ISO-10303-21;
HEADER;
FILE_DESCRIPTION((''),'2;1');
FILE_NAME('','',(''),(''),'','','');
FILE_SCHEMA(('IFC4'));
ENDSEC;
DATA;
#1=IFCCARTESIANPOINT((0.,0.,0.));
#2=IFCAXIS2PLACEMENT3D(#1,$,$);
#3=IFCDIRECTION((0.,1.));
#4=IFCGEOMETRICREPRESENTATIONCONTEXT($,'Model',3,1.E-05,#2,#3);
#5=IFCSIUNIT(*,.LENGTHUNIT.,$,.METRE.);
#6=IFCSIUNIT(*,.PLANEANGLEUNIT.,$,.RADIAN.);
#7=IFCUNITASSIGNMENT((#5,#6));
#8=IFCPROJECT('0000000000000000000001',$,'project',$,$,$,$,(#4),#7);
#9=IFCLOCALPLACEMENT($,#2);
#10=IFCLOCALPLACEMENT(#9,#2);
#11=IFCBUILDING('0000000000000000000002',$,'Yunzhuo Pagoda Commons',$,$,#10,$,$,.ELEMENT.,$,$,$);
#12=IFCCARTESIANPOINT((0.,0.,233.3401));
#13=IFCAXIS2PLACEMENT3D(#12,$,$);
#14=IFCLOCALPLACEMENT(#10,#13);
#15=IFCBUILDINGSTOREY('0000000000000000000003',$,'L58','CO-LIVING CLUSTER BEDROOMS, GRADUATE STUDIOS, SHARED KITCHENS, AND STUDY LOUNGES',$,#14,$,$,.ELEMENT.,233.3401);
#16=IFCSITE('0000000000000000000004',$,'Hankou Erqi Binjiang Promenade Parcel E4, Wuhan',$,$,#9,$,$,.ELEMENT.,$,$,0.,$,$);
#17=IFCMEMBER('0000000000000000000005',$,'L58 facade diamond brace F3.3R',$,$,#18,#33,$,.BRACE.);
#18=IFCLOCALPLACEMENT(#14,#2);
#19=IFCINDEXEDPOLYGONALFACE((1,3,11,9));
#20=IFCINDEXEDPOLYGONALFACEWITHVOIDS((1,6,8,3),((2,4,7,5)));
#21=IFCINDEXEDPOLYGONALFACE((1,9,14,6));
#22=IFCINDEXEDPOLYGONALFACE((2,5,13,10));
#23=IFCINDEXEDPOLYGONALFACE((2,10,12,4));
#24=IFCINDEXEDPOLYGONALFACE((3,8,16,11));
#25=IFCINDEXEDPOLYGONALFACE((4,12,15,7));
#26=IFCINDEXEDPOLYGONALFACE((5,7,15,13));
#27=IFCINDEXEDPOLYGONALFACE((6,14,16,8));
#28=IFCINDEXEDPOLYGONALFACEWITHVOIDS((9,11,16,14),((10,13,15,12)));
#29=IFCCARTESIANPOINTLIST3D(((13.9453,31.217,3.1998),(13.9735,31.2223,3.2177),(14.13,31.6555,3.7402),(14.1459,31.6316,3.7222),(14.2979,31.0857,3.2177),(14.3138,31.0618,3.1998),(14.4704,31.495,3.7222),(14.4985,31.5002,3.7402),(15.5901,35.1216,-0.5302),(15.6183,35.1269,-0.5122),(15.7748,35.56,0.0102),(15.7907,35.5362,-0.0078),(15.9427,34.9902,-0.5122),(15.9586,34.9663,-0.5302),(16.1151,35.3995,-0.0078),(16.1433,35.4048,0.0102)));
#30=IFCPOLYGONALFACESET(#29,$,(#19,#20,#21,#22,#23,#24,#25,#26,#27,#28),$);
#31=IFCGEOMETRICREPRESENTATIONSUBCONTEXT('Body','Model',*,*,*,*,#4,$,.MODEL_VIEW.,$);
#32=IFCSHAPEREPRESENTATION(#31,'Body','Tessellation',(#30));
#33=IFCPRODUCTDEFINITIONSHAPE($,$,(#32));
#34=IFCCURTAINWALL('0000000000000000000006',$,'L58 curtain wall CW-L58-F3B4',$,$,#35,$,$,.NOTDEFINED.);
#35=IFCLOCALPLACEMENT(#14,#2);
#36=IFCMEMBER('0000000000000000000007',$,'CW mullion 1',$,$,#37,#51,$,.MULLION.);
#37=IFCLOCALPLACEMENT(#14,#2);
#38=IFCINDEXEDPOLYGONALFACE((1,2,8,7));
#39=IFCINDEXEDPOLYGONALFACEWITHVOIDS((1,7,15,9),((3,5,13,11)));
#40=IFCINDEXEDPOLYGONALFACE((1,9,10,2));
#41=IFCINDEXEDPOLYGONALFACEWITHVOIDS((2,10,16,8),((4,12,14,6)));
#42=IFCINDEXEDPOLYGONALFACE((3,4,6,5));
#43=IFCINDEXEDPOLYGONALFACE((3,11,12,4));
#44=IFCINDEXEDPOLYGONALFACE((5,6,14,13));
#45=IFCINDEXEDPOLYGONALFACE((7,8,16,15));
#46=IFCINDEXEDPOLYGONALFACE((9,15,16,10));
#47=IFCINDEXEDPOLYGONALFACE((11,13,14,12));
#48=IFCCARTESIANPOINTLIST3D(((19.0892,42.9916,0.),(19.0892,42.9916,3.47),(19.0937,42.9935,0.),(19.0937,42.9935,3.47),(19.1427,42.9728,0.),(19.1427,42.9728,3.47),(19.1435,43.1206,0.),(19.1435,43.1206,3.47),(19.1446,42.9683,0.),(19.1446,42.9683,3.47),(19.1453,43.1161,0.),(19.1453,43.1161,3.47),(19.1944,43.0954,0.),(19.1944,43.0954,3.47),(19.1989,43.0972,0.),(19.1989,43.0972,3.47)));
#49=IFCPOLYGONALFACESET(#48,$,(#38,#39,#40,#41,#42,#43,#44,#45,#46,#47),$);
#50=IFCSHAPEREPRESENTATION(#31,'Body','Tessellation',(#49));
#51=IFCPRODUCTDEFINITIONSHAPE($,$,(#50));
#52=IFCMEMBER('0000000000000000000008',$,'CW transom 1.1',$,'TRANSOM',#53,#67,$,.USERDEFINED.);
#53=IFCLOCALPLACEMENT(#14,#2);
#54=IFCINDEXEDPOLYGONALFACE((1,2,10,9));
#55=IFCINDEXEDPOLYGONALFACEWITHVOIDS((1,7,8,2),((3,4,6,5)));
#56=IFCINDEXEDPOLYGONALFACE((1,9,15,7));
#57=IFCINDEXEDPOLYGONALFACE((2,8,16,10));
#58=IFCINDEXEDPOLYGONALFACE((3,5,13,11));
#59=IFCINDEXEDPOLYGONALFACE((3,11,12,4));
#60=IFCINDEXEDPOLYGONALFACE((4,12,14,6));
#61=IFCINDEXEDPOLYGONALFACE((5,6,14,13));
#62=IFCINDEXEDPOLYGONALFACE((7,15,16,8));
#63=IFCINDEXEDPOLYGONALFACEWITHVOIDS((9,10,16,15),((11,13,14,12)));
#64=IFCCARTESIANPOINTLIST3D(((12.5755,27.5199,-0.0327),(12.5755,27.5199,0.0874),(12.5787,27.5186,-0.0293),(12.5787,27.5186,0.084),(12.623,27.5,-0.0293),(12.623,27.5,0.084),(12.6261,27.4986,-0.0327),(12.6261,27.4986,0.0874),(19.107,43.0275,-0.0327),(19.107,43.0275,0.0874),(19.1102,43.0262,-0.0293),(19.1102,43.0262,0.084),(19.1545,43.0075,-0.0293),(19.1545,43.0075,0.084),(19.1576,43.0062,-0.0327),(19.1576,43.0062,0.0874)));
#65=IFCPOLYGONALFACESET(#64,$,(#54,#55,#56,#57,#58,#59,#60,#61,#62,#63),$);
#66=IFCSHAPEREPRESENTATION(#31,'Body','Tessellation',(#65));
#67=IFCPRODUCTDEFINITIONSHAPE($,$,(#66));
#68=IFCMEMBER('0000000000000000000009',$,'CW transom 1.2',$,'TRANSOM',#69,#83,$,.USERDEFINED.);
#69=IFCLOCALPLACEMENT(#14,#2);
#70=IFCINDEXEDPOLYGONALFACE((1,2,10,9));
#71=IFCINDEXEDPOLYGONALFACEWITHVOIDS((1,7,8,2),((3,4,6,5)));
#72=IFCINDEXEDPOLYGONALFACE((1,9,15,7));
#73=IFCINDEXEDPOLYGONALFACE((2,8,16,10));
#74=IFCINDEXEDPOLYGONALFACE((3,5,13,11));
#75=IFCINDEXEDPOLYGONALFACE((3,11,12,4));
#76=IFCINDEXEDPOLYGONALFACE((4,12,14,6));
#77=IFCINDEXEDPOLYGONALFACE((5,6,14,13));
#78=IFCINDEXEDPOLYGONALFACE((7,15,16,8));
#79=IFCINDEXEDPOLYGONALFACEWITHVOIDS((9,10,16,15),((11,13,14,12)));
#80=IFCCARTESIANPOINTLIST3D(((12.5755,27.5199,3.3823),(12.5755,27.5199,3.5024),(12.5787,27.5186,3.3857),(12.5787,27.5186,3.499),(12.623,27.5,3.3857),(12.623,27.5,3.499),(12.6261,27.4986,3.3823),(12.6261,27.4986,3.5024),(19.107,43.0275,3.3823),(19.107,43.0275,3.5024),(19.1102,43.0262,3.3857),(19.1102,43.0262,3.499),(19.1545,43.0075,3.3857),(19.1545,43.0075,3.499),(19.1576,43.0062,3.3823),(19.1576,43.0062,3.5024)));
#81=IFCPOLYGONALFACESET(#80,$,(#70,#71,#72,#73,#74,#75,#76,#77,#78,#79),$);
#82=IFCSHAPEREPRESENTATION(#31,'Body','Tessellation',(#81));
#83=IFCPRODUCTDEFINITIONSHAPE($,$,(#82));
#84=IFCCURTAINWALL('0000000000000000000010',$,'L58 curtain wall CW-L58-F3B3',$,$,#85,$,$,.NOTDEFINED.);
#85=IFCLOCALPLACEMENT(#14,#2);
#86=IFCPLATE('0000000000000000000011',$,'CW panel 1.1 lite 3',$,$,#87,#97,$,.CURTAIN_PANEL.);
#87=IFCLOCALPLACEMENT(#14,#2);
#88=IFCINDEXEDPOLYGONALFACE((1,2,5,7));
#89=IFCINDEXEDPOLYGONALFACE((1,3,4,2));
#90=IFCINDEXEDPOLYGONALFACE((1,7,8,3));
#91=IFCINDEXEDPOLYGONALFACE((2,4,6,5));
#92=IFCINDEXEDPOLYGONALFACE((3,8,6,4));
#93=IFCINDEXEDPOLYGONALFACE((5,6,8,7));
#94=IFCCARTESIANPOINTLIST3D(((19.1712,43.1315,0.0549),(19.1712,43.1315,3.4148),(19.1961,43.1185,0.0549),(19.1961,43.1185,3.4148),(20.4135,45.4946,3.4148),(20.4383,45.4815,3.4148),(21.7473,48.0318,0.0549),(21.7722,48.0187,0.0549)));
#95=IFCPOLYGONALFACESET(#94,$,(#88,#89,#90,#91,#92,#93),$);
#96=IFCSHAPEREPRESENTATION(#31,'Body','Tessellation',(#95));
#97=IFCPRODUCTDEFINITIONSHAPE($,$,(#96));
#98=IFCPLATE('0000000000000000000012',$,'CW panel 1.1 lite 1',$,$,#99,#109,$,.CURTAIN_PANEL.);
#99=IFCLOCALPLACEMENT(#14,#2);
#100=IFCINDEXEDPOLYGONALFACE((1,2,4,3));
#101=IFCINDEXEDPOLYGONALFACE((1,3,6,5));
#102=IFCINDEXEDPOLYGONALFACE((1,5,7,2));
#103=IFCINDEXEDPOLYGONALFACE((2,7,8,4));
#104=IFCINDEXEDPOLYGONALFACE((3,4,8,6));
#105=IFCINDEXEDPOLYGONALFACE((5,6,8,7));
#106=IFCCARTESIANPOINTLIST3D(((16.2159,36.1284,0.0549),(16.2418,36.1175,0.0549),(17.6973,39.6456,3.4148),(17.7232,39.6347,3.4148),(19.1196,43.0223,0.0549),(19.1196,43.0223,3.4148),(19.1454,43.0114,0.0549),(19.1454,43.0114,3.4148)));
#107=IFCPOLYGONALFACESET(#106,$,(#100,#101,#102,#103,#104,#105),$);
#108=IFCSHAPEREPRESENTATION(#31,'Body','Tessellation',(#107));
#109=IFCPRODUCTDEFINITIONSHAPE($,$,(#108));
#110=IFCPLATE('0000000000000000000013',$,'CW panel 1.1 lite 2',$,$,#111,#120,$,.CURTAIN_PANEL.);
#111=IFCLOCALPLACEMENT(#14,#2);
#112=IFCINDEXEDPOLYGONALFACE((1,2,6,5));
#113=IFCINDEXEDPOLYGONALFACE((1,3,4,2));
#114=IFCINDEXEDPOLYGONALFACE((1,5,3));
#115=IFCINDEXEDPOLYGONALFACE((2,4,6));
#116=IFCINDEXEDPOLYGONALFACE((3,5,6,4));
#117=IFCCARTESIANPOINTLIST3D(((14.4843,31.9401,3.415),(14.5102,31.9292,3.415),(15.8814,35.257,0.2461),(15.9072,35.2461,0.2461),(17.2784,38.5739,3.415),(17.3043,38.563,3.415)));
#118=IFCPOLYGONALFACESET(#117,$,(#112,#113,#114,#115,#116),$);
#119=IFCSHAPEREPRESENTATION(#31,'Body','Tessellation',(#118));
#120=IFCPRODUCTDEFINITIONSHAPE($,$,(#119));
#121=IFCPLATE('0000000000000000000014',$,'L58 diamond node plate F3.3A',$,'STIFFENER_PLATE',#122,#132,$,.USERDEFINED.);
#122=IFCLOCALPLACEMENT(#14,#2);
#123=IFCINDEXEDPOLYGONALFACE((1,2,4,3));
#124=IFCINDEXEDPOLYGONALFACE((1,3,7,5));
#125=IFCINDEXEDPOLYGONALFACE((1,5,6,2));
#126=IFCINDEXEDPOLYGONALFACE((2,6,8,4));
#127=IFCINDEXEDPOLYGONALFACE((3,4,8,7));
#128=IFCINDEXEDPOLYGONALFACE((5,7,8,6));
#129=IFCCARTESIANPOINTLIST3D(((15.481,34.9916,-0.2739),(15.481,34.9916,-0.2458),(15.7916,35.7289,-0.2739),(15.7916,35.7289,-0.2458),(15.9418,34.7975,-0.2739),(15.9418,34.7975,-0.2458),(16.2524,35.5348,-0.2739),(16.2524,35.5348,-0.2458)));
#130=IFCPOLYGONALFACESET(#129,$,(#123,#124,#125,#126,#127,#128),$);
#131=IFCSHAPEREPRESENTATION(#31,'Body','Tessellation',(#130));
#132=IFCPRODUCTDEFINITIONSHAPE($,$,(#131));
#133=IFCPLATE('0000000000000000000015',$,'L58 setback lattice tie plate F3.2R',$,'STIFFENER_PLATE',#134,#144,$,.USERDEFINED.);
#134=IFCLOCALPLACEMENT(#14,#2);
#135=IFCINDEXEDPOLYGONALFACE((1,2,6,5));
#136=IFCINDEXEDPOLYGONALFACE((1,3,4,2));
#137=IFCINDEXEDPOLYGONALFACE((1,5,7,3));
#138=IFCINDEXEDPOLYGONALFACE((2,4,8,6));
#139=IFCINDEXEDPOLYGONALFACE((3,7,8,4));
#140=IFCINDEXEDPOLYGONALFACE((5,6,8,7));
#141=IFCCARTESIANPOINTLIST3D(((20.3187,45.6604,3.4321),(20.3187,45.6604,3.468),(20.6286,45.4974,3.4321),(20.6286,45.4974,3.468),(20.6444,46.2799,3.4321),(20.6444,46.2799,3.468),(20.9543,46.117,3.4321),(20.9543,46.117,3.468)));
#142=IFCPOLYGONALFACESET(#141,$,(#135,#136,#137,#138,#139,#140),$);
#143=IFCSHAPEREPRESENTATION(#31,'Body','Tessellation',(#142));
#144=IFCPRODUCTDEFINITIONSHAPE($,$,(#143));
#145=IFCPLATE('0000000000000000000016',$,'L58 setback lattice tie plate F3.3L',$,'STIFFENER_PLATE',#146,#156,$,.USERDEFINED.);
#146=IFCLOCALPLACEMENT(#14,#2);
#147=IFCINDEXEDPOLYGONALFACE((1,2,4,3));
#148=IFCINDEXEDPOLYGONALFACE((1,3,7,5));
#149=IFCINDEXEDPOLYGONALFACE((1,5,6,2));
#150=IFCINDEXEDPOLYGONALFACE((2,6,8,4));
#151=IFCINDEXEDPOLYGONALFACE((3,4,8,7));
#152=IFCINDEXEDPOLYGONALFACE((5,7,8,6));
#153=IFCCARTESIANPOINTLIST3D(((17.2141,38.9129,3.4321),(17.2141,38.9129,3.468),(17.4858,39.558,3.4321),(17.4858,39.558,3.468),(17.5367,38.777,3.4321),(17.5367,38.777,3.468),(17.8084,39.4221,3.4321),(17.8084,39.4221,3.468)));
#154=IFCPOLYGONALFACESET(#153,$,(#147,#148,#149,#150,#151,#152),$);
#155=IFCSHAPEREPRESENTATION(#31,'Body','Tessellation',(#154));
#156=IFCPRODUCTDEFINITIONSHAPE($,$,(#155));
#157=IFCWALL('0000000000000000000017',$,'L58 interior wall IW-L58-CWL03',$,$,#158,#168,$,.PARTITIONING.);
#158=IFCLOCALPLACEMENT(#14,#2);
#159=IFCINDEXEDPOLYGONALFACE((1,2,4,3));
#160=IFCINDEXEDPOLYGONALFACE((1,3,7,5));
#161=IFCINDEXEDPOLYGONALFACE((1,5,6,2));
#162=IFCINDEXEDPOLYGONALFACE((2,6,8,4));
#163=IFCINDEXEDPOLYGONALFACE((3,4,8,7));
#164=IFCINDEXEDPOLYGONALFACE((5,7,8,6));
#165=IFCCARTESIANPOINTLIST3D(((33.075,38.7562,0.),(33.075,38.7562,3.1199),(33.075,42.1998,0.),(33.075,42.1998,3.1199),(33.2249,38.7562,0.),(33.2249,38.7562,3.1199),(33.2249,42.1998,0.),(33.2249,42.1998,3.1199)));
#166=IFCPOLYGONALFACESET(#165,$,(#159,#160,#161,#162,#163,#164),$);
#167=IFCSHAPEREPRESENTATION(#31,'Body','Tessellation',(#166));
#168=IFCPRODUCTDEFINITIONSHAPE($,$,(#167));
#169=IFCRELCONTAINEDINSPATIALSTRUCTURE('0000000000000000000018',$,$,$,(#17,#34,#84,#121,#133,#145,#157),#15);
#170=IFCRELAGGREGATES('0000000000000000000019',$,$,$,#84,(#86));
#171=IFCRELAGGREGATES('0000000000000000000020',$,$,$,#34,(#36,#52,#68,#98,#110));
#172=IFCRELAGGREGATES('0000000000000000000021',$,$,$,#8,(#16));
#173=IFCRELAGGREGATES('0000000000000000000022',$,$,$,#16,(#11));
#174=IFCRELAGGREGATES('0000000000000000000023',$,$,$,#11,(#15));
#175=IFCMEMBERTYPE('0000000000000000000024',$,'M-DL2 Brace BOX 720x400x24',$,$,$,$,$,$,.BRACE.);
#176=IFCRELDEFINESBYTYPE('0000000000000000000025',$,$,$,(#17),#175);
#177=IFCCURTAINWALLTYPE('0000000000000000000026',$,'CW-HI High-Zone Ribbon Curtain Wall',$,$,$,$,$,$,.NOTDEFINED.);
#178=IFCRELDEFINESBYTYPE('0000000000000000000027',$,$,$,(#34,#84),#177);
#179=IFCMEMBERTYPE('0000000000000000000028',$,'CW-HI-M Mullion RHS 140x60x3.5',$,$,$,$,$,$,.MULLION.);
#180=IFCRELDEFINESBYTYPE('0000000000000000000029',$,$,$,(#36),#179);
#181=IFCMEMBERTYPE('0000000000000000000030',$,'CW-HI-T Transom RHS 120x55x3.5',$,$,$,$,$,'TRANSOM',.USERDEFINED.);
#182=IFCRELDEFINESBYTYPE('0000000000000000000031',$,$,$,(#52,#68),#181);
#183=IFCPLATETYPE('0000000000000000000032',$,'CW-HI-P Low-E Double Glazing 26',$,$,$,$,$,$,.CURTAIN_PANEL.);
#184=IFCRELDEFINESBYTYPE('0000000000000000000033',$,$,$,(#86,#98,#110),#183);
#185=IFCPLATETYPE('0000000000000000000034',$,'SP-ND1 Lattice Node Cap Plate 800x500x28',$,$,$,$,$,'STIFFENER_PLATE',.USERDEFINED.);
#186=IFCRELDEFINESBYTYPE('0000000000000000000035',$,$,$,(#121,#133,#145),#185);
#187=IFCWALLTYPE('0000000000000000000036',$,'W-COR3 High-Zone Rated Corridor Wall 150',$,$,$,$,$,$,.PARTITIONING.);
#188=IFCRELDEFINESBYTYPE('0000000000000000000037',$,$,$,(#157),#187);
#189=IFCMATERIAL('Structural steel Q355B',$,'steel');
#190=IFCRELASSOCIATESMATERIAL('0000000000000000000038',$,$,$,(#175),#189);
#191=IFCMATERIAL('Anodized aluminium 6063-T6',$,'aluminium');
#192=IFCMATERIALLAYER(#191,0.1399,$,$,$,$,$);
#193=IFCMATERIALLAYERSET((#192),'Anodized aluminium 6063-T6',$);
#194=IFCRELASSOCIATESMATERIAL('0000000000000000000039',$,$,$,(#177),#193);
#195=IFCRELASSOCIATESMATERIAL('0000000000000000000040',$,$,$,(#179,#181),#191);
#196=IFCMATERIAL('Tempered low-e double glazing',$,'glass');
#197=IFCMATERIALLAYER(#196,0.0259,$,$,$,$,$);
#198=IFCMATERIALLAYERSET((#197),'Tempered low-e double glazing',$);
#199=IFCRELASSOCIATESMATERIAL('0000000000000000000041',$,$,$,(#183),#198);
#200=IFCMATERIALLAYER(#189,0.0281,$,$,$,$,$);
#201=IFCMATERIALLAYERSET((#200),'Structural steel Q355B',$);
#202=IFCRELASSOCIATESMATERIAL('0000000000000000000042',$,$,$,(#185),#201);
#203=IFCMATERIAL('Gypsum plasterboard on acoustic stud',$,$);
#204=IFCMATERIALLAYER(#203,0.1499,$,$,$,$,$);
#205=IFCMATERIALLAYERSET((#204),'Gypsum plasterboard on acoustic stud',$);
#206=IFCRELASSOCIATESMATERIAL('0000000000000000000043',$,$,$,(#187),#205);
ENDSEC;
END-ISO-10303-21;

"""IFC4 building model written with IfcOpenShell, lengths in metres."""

from ifc_helpers import new_model, si_unit, direction, frame, frame_2d, origin, origin_2d, place, context, subcontext, project, spatial, polyline, rectangle, hollow_rectangle, outline, extrude, source, transform, mapped, material, layer, layer_set, material_profile, profile_set, type_object, element, aggregate, save


model = new_model("IFC4")

# Units and contexts
model_context = context("Model", 3, precision=1e-05, world=origin(), true_north=direction((0.0, 1.0)))
body_context = subcontext(model_context, "Body", "Model", "MODEL_VIEW")
ifc_project = project(units=[si_unit("LENGTHUNIT", "METRE"), si_unit("PLANEANGLEUNIT", "RADIAN")], contexts=[model_context])

# Site, building, storey
site_placement = place(None, origin())
site = spatial("IfcSite", under=ifc_project, at=site_placement, Name="Hankou Erqi Binjiang Promenade Parcel E4, Wuhan", CompositionType="ELEMENT", RefElevation=0.0)
building_placement = place(site_placement, origin())
building = spatial("IfcBuilding", under=site, at=building_placement, Name="Yunzhuo Pagoda Commons", CompositionType="ELEMENT")
storey_placement = place(building_placement, frame((0.0, 0.0, 233.3401)))
storey = spatial("IfcBuildingStorey", under=building, at=storey_placement, Name="L58", Description="CO-LIVING CLUSTER BEDROOMS, GRADUATE STUDIOS, SHARED KITCHENS, AND STUDY LOUNGES", CompositionType="ELEMENT", Elevation=233.3401)

# Shared definitions
ifc_material_1 = material(Name="Structural steel Q355B", Category="steel")

# Member
ifc_material_profile_1 = material_profile(ifc_material_1, hollow_rectangle(XDim=0.3999, YDim=0.72, WallThickness=0.0239, at=origin_2d()), Name="Structural steel Q355B")
ifc_profile_set_1 = profile_set([ifc_material_profile_1], Name="Structural steel Q355B")
member_type_1 = type_object("IfcMemberType", Name="M-DL2 Brace BOX 720x400x24", PredefinedType="BRACE", material=ifc_profile_set_1)
shared_shape_1 = source(origin(), body_context, "Body", "SweptSolid", [
    extrude(hollow_rectangle(XDim=0.3999, YDim=0.72, WallThickness=0.0239, at=origin_2d()), origin(), (0.0, 0.0, 1.0), 5.6448),
])
for number, where, z_axis, x_axis, name in (
    (1, (15.8667, 35.2632, -0.26), (-0.29138, -0.691709, 0.660785), (0.921571, -0.388209, 0.0), "L58 facade diamond brace F3.3R"),
):
    element("IfcMember", number, at=place(storey_placement, frame(where, z_axis=z_axis, x_axis=x_axis)), inside=storey, type_object=member_type_1, Name=name, PredefinedType="BRACE", context=body_context, shape_type="MappedRepresentation", body=[
        mapped(shared_shape_1, transform((0.0, 0.0, 0.0), scale=1.0)),
    ])

# Curtain wall, members
ifc_material_2 = material(Name="Anodized aluminium 6063-T6", Category="aluminium")
ifc_layer_1 = layer(ifc_material_2, 0.1399)
ifc_layer_set_1 = layer_set([ifc_layer_1], Name="Anodized aluminium 6063-T6")
curtain_wall_type = type_object("IfcCurtainWallType", Name="CW-HI High-Zone Ribbon Curtain Wall", PredefinedType="NOTDEFINED", material=ifc_layer_set_1)
curtain_wall_1_placement = place(storey_placement, origin())
curtain_wall_1 = element("IfcCurtainWall", 2, at=curtain_wall_1_placement, inside=storey, type_object=curtain_wall_type, Name="L58 curtain wall CW-L58-F3B4", PredefinedType="NOTDEFINED")
ifc_material_profile_2 = material_profile(ifc_material_2, hollow_rectangle(XDim=0.0601, YDim=0.1399, WallThickness=0.0034, at=origin_2d()), Name="Anodized aluminium 6063-T6")
ifc_profile_set_2 = profile_set([ifc_material_profile_2], Name="Anodized aluminium 6063-T6")
member_type_2 = type_object("IfcMemberType", Name="CW-HI-M Mullion RHS 140x60x3.5", PredefinedType="MULLION", material=ifc_profile_set_2)
shared_shape_2 = source(origin(), body_context, "Body", "SweptSolid", [
    extrude(hollow_rectangle(XDim=0.0601, YDim=0.1399, WallThickness=0.0034, at=origin_2d()), origin(), (0.0, 0.0, 1.0), 3.47),
])
member_1_placement = place(storey_placement, frame((19.144, 43.0444, 0.0), z_axis=(0.0, 0.0, 1.0), x_axis=(0.921589, -0.388167, 0.0)))
member_1 = element("IfcMember", 3, at=member_1_placement, type_object=member_type_2, Name="CW mullion 1", PredefinedType="MULLION", context=body_context, shape_type="MappedRepresentation", body=[
    mapped(shared_shape_2, transform((0.0, 0.0, 0.0), scale=1.0)),
])
ifc_material_profile_3 = material_profile(ifc_material_2, hollow_rectangle(XDim=0.0549, YDim=0.1201, WallThickness=0.0034, at=origin_2d()), Name="Anodized aluminium 6063-T6")
ifc_profile_set_3 = profile_set([ifc_material_profile_3], Name="Anodized aluminium 6063-T6")
member_type_3 = type_object("IfcMemberType", Name="CW-HI-T Transom RHS 120x55x3.5", ElementType="TRANSOM", PredefinedType="USERDEFINED", material=ifc_profile_set_3)
shared_shape_3 = source(origin(), body_context, "Body", "SweptSolid", [
    extrude(hollow_rectangle(XDim=0.0549, YDim=0.1201, WallThickness=0.0034, at=origin_2d()), origin(), (0.0, 0.0, 1.0), 16.8269),
])
member_2_placement = place(storey_placement, frame((19.1323, 43.0168, 0.0273), z_axis=(-0.388158, -0.921593, 0.0), x_axis=(0.921593, -0.388158, 0.0)))
member_2 = element("IfcMember", 4, at=member_2_placement, type_object=member_type_3, Name="CW transom 1.1", ObjectType="TRANSOM", PredefinedType="USERDEFINED", context=body_context, shape_type="MappedRepresentation", body=[
    mapped(shared_shape_3, transform((0.0, 0.0, 0.0), scale=1.0)),
])
member_3_placement = place(storey_placement, frame((19.1323, 43.0168, 3.4424), z_axis=(-0.388158, -0.921593, 0.0), x_axis=(0.921593, -0.388158, 0.0)))
member_3 = element("IfcMember", 5, at=member_3_placement, type_object=member_type_3, Name="CW transom 1.2", ObjectType="TRANSOM", PredefinedType="USERDEFINED", context=body_context, shape_type="MappedRepresentation", body=[
    mapped(shared_shape_3, transform((0.0, 0.0, 0.0), scale=1.0)),
])

# Curtain wall, plate
curtain_wall_2_placement = place(storey_placement, origin())
curtain_wall_2 = element("IfcCurtainWall", 6, at=curtain_wall_2_placement, inside=storey, type_object=curtain_wall_type, Name="L58 curtain wall CW-L58-F3B3", PredefinedType="NOTDEFINED")
ifc_material_3 = material(Name="Tempered low-e double glazing", Category="glass")
ifc_layer_2 = layer(ifc_material_3, 0.0259)
ifc_layer_set_2 = layer_set([ifc_layer_2], Name="Tempered low-e double glazing")
plate_type_1 = type_object("IfcPlateType", Name="CW-HI-P Low-E Double Glazing 26", PredefinedType="CURTAIN_PANEL", material=ifc_layer_set_2)
plate_1_placement = place(storey_placement, frame((20.4841, 45.5686, 1.7349), z_axis=(-0.885138, 0.465329, 0.0), x_axis=(-0.465329, -0.885138, 0.0)))
plate_1 = element("IfcPlate", 7, at=plate_1_placement, type_object=plate_type_1, Name="CW panel 1.1 lite 3", PredefinedType="CURTAIN_PANEL", context=body_context, shape_type="SweptSolid", body=[
    extrude(outline(polyline([(-2.7681, -1.6799), (2.7681, -1.6799), (2.7681, 1.6799), (0.0984, 1.6799), (-2.7681, -1.6799)])), origin(), (0.0, 0.0, 1.0), 0.0281),
])
aggregate(curtain_wall_2, [plate_1])

# Plates
plate_2_placement = place(storey_placement, frame((17.6936, 39.5645, 1.7349), z_axis=(-0.921589, 0.388167, 0.0), x_axis=(-0.388167, -0.921589, 0.0)))
plate_2 = element("IfcPlate", 8, at=plate_2_placement, type_object=plate_type_1, Name="CW panel 1.1 lite 1", PredefinedType="CURTAIN_PANEL", context=body_context, shape_type="SweptSolid", body=[
    extrude(outline(polyline([(-3.7402, -1.6799), (3.7402, -1.6799), (-0.0762, 1.6799), (-3.7402, 1.6799), (-3.7402, -1.6799)])), origin(), (0.0, 0.0, 1.0), 0.0281),
])
plate_3_placement = place(storey_placement, frame((15.9072, 35.2461, 1.8306), z_axis=(-0.921589, 0.388167, 0.0), x_axis=(-0.388167, -0.921589, 0.0)))
plate_3 = element("IfcPlate", 9, at=plate_3_placement, type_object=plate_type_1, Name="CW panel 1.1 lite 2", PredefinedType="CURTAIN_PANEL", context=body_context, shape_type="SweptSolid", body=[
    extrude(outline(polyline([(-3.5991, 1.5845), (0.0, -1.5845), (3.5991, 1.5845), (-3.5991, 1.5845)])), origin(), (0.0, 0.0, 1.0), 0.0281),
])
aggregate(curtain_wall_1, [member_1, member_2, member_3, plate_2, plate_3])

# Plates
ifc_layer_3 = layer(ifc_material_1, 0.0281)
ifc_layer_set_3 = layer_set([ifc_layer_3], Name="Structural steel Q355B")
plate_type_2 = type_object("IfcPlateType", Name="SP-ND1 Lattice Node Cap Plate 800x500x28", ElementType="STIFFENER_PLATE", PredefinedType="USERDEFINED", material=ifc_layer_set_3)
shared_shape_4 = source(origin(), body_context, "Body", "SweptSolid", [
    extrude(rectangle(XDim=0.8, YDim=0.5, at=origin_2d()), origin(), (0.0, 0.0, 1.0), 0.0281),
])
plate_4_placement = place(storey_placement, frame((15.8667, 35.2632, -0.2739), z_axis=(0.0, 0.0, 1.0), x_axis=(-0.388175, -0.921586, 0.0)))
element("IfcPlate", 10, at=plate_4_placement, inside=storey, type_object=plate_type_2, Name="L58 diamond node plate F3.3A", ObjectType="STIFFENER_PLATE", PredefinedType="USERDEFINED", context=body_context, shape_type="MappedRepresentation", body=[
    mapped(shared_shape_4, transform((0.0, 0.0, 0.0), scale=1.0)),
])
shared_shape_5 = source(origin(), body_context, "Body", "SweptSolid", [
    extrude(rectangle(XDim=0.7, YDim=0.3501, at=origin_2d()), origin(), (0.0, 0.0, 1.0), 0.0359),
])
for number, where, z_axis, x_axis, name in (
    (11, (20.6365, 45.8887, 3.4321), (0.0, 0.0, 1.0), (-0.465336, -0.885134, 0.0), "L58 setback lattice tie plate F3.2R"),
    (12, (17.5112, 39.1675, 3.4321), (0.0, 0.0, 1.0), (-0.388175, -0.921586, 0.0), "L58 setback lattice tie plate F3.3L"),
):
    element("IfcPlate", number, at=place(storey_placement, frame(where, z_axis=z_axis, x_axis=x_axis)), inside=storey, type_object=plate_type_2, Name=name, ObjectType="STIFFENER_PLATE", PredefinedType="USERDEFINED", context=body_context, shape_type="MappedRepresentation", body=[
        mapped(shared_shape_5, transform((0.0, 0.0, 0.0), scale=1.0)),
    ])

# Wall
ifc_material_4 = material(Name="Gypsum plasterboard on acoustic stud")
ifc_layer_4 = layer(ifc_material_4, 0.1499)
ifc_layer_set_4 = layer_set([ifc_layer_4], Name="Gypsum plasterboard on acoustic stud")
wall_type_1 = type_object("IfcWallType", Name="W-COR3 High-Zone Rated Corridor Wall 150", PredefinedType="PARTITIONING", material=ifc_layer_set_4)
wall_1_placement = place(storey_placement, frame((33.1499, 38.7563, 0.0), z_axis=(0.0, 0.0, 1.0), x_axis=(0.0, 1.0, 0.0)))
element("IfcWall", 13, at=wall_1_placement, inside=storey, type_object=wall_type_1, Name="L58 interior wall IW-L58-CWL03", PredefinedType="PARTITIONING", context=body_context, shape_type="SweptSolid", body=[
    extrude(rectangle(XDim=3.4436, YDim=0.1499, at=frame_2d((1.7217, 0.0))), origin(), (0.0, 0.0, 1.0), 3.1199),
])

save(model, "model.ifc")
